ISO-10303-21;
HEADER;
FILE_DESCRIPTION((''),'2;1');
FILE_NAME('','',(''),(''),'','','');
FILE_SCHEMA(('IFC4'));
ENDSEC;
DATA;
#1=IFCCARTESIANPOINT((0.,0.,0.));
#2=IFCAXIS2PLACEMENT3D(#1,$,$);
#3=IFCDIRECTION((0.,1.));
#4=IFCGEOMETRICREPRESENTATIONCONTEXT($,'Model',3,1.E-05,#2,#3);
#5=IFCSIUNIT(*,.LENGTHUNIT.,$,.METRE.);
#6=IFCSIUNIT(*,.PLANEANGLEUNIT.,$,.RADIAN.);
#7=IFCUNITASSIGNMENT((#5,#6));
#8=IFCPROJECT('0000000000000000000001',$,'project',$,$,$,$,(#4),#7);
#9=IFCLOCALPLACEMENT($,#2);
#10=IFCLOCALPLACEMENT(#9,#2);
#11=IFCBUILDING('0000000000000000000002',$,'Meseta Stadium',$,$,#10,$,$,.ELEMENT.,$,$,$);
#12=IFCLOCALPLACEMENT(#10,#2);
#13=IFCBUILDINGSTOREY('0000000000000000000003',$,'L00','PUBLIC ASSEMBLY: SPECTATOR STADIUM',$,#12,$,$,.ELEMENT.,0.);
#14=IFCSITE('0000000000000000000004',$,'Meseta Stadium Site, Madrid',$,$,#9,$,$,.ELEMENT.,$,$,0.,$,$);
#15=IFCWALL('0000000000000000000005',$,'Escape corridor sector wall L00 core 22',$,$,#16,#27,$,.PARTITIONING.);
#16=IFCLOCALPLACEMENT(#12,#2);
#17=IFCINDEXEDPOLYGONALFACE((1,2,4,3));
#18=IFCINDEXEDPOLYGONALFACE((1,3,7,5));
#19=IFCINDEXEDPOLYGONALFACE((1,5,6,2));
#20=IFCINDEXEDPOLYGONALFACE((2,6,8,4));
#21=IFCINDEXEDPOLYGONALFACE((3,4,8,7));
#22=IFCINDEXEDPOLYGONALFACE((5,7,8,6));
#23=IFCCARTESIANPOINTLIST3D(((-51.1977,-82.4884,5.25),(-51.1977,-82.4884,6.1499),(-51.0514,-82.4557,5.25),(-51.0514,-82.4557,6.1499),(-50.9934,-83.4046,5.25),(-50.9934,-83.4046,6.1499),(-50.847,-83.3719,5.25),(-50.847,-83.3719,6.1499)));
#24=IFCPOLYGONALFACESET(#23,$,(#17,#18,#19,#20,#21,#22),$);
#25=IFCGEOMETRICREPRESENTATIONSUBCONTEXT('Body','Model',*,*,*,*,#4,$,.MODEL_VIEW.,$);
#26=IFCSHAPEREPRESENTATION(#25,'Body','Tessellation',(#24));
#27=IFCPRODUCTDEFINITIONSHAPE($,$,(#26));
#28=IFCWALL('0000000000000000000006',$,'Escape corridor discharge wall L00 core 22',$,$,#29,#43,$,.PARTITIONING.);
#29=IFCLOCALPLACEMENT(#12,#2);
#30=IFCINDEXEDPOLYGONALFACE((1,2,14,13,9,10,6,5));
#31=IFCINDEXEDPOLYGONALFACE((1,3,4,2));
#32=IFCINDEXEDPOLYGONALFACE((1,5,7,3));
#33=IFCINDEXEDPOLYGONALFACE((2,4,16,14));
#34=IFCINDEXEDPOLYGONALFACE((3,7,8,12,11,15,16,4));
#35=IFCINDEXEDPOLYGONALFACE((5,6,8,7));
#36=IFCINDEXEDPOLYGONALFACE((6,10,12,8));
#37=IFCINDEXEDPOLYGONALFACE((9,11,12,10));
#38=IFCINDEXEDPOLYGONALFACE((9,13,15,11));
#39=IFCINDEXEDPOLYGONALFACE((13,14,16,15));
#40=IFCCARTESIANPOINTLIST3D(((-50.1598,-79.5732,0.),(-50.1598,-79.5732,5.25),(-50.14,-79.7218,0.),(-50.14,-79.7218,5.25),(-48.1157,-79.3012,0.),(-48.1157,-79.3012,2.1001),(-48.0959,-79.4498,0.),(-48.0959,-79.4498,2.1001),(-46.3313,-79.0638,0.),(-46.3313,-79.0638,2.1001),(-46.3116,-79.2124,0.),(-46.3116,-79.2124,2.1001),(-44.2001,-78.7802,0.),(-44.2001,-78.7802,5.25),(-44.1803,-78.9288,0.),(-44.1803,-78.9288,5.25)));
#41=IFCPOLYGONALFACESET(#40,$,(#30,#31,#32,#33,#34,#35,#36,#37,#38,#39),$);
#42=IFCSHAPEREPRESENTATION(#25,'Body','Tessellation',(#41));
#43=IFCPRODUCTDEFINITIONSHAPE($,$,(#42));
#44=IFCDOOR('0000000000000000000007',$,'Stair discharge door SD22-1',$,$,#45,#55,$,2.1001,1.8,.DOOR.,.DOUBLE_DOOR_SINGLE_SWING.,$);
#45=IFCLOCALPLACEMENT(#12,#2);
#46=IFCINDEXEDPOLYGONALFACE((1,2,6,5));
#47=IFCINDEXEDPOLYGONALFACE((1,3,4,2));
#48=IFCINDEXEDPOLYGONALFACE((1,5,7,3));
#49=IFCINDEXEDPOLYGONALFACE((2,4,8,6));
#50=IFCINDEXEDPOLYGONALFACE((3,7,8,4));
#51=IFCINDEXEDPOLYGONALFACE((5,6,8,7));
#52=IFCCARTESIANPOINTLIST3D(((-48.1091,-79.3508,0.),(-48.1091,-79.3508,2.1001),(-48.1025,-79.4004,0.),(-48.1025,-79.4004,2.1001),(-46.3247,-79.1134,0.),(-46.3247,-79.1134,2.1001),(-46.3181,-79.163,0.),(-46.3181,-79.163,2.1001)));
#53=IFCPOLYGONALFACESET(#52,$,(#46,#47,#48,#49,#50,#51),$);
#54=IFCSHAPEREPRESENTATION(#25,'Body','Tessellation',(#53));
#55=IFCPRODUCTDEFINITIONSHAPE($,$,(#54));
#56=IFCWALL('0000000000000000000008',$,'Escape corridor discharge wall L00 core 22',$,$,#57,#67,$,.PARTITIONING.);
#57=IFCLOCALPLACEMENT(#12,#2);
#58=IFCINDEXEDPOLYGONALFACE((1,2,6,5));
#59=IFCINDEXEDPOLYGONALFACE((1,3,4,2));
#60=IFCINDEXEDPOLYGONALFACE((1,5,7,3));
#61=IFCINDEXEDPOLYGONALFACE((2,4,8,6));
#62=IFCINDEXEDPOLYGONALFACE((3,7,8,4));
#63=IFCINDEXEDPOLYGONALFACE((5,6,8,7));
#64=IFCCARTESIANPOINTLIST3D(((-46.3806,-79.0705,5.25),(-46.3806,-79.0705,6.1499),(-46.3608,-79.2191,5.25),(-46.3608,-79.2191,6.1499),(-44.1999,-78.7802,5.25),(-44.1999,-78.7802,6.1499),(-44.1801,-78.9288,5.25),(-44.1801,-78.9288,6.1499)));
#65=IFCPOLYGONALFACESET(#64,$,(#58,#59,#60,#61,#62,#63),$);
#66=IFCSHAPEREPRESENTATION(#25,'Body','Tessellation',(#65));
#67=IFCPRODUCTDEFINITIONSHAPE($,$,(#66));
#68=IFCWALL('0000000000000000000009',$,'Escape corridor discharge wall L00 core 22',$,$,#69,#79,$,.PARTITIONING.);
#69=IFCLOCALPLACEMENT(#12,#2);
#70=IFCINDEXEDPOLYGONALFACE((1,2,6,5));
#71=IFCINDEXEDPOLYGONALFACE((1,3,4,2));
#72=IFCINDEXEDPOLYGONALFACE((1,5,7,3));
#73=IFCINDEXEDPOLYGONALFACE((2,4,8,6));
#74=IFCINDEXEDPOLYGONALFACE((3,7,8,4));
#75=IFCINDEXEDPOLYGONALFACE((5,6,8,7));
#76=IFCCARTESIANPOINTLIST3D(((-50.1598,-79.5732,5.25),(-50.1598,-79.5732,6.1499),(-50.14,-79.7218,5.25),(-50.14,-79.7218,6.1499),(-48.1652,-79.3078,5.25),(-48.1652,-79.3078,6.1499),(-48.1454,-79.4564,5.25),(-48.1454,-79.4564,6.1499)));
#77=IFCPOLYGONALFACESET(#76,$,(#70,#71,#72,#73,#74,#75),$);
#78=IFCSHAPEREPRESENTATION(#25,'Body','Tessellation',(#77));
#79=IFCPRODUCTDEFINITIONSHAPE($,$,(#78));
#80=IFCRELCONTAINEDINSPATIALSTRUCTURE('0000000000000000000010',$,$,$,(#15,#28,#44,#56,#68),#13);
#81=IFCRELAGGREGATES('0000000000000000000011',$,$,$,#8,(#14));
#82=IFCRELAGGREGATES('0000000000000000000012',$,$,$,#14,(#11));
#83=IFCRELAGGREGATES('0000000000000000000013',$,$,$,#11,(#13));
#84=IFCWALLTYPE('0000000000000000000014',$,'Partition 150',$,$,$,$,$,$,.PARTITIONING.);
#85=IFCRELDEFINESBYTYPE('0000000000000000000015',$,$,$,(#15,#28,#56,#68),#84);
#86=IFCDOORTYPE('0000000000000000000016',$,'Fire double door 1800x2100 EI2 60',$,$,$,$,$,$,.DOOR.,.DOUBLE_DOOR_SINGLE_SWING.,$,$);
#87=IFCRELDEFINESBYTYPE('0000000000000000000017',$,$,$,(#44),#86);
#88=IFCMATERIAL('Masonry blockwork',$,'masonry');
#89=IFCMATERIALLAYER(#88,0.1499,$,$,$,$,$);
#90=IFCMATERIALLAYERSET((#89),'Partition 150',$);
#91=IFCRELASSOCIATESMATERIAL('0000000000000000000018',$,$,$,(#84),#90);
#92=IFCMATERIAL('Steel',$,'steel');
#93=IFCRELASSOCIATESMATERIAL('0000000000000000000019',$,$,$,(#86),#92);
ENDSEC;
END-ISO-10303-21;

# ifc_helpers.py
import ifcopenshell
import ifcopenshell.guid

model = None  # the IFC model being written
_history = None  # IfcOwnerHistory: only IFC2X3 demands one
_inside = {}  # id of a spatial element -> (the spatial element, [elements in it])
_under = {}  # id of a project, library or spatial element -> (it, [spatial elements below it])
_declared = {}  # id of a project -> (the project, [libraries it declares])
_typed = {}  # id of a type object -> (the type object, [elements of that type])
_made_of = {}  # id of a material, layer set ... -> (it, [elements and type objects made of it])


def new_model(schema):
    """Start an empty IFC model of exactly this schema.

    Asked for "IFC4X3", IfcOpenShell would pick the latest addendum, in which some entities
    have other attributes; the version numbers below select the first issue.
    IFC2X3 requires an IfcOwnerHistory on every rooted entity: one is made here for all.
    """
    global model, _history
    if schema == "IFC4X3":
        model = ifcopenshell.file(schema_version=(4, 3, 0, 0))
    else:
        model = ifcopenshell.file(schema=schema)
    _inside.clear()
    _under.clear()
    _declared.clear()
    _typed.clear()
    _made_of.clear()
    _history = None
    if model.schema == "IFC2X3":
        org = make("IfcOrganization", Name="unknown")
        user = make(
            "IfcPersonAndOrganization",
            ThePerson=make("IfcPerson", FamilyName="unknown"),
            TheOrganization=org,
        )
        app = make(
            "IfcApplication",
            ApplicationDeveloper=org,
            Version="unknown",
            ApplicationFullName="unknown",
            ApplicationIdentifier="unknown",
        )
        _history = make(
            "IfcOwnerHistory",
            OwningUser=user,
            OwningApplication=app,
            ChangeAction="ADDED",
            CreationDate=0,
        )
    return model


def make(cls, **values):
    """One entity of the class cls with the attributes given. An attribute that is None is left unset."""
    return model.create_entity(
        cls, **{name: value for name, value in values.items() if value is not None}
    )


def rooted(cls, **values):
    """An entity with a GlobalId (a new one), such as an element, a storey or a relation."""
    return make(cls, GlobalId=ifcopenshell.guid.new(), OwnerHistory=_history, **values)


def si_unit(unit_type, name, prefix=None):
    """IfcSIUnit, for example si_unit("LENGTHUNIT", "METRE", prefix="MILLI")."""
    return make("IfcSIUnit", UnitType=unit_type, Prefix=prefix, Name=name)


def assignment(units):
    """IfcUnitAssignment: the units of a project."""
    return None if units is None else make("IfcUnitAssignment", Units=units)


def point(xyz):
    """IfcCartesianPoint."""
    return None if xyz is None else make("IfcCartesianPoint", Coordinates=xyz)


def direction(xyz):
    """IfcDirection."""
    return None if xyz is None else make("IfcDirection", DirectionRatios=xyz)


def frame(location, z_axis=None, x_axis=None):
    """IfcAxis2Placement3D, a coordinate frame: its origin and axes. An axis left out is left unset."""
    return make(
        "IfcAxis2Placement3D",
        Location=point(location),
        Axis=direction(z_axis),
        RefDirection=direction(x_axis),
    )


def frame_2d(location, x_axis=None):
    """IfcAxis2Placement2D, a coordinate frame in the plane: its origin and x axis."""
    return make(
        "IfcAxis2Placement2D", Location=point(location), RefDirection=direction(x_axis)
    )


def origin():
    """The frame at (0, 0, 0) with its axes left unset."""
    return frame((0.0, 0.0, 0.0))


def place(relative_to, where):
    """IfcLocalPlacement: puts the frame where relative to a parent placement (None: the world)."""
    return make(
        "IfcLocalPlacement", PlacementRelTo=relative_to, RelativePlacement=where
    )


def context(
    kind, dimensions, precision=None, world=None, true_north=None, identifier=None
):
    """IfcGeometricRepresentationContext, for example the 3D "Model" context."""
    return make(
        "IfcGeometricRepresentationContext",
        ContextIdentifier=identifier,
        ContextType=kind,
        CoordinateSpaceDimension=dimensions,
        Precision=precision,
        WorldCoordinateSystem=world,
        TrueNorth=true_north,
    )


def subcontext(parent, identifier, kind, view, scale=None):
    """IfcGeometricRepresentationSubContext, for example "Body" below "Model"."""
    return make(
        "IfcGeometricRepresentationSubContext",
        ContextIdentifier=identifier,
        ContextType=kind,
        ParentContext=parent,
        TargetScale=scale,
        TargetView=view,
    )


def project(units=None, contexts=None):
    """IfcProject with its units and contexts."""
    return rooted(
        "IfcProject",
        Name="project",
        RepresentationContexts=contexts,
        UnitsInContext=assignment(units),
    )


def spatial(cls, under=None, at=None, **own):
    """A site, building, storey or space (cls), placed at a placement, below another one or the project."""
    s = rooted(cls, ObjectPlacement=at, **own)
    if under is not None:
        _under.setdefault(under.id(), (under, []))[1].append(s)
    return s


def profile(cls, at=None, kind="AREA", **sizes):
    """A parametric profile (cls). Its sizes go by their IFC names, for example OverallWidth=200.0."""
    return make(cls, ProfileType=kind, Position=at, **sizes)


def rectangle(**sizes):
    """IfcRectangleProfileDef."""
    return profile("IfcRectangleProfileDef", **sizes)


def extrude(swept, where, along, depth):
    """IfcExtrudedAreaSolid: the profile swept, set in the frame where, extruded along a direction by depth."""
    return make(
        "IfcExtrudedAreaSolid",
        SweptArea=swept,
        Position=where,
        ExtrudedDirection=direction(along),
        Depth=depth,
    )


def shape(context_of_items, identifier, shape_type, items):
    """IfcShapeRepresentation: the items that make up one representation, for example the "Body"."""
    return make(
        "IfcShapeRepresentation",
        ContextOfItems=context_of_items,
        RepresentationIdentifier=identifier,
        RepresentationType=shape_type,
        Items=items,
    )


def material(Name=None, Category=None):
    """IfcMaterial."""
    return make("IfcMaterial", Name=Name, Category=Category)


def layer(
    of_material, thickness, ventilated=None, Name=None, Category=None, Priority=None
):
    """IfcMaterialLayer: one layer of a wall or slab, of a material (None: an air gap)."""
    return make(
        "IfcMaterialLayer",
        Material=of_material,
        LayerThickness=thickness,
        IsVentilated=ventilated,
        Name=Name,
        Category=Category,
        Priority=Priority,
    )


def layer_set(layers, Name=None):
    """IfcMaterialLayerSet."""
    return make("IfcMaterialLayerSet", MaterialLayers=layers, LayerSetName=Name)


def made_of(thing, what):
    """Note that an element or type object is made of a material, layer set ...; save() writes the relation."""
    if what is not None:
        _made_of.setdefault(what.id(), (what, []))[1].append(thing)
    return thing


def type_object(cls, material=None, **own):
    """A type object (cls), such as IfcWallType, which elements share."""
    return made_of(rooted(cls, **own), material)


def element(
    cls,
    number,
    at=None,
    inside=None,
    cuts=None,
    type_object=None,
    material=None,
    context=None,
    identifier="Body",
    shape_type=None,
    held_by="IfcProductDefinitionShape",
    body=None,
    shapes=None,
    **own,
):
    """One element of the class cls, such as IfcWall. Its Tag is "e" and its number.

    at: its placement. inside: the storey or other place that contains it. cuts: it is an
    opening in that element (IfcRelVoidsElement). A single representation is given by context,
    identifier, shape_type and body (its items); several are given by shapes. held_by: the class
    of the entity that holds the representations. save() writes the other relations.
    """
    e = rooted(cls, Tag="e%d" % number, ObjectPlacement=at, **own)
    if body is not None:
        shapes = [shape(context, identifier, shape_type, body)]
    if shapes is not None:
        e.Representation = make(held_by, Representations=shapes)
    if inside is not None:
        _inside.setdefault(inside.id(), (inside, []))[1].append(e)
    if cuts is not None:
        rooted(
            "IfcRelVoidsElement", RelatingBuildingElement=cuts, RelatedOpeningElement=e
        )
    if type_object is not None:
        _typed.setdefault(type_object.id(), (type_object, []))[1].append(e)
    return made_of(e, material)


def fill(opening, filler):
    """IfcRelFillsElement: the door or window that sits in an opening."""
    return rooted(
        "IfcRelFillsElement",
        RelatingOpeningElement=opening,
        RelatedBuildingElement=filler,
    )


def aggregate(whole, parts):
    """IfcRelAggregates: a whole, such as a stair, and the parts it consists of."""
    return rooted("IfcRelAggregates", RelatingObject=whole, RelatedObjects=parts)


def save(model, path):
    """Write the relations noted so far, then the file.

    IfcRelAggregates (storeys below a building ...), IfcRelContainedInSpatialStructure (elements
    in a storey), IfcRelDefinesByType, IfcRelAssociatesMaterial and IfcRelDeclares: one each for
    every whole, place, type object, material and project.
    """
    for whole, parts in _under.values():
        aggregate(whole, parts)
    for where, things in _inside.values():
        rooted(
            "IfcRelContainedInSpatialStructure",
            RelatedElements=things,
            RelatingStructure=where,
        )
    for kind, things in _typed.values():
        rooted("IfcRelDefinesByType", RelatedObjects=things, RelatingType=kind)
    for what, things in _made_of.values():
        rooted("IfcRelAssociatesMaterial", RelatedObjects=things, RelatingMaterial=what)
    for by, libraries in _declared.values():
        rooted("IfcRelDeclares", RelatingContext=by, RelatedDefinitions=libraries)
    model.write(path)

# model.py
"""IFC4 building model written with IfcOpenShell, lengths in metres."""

from ifc_helpers import new_model, si_unit, direction, frame, frame_2d, origin, place, context, subcontext, project, spatial, rectangle, extrude, material, layer, layer_set, type_object, element, fill, save


model = new_model("IFC4")

# Units and contexts
model_context = context("Model", 3, precision=1e-05, world=origin(), true_north=direction((0.0, 1.0)))
body_context = subcontext(model_context, "Body", "Model", "MODEL_VIEW")
ifc_project = project(units=[si_unit("LENGTHUNIT", "METRE"), si_unit("PLANEANGLEUNIT", "RADIAN")], contexts=[model_context])

# Site, building, storey
site_placement = place(None, origin())
site = spatial("IfcSite", under=ifc_project, at=site_placement, Name="Meseta Stadium Site, Madrid", CompositionType="ELEMENT", RefElevation=0.0)
building_placement = place(site_placement, origin())
building = spatial("IfcBuilding", under=site, at=building_placement, Name="Meseta Stadium", CompositionType="ELEMENT")
storey_placement = place(building_placement, origin())
storey = spatial("IfcBuildingStorey", under=building, at=storey_placement, Name="L00", Description="PUBLIC ASSEMBLY: SPECTATOR STADIUM", CompositionType="ELEMENT", Elevation=0.0)

# Shared definitions
ifc_material_1 = material(Name="Masonry blockwork", Category="masonry")
ifc_layer = layer(ifc_material_1, 0.1499)
ifc_layer_set = layer_set([ifc_layer], Name="Partition 150")
wall_type = type_object("IfcWallType", Name="Partition 150", PredefinedType="PARTITIONING", material=ifc_layer_set)

# Shared definitions
ifc_material_2 = material(Name="Steel", Category="steel")
door_type_1 = type_object("IfcDoorType", Name="Fire double door 1800x2100 EI2 60", OperationType="DOUBLE_DOOR_SINGLE_SWING", PredefinedType="DOOR", material=ifc_material_2)

# Wall
wall_1_placement = place(storey_placement, frame((-51.1245, -82.4722, 5.25), z_axis=(0.0, 0.0, 1.0), x_axis=(0.217674, -0.976022, 0.0)))
element("IfcWall", 1, at=wall_1_placement, inside=storey, type_object=wall_type, Name="Escape corridor sector wall L00 core 22", PredefinedType="PARTITIONING", context=body_context, shape_type="SweptSolid", body=[
    extrude(rectangle(XDim=0.9387, YDim=0.1499, at=frame_2d((0.4692, 0.0))), origin(), (0.0, 0.0, 1.0), 0.8999),
])

# Wall, opening, door
wall_2_placement = place(storey_placement, frame((-50.1499, -79.6475, 0.0), z_axis=(0.0, 0.0, 1.0), x_axis=(0.991264, 0.131892, 0.0)))
wall_2 = element("IfcWall", 2, at=wall_2_placement, inside=storey, type_object=wall_type, Name="Escape corridor discharge wall L00 core 22", PredefinedType="PARTITIONING", context=body_context, shape_type="SweptSolid", body=[
    extrude(rectangle(XDim=6.0122, YDim=0.1499, at=frame_2d((3.0061, 0.0))), origin(), (0.0, 0.0, 1.0), 5.25),
])
opening_1_placement = place(wall_2_placement, frame((2.0623, 0.0, 0.0)))
opening_1 = element("IfcOpeningElement", 3, at=opening_1_placement, cuts=wall_2, PredefinedType="OPENING", context=body_context, shape_type="SweptSolid", body=[
    extrude(rectangle(XDim=1.8, YDim=2.1001, at=frame_2d((0.8999, 1.05))), frame((0.0, 0.085, 0.0), z_axis=(0.0, -1.0, 0.0), x_axis=(1.0, 0.0, 0.0)), (0.0, 0.0, 1.0), 0.1699),
])
door_1_placement = place(opening_1_placement, origin())
door_1 = element("IfcDoor", 4, at=door_1_placement, inside=storey, type_object=door_type_1, Name="Stair discharge door SD22-1", OperationType="DOUBLE_DOOR_SINGLE_SWING", OverallHeight=2.1001, OverallWidth=1.8, PredefinedType="DOOR", context=body_context, shape_type="SweptSolid", body=[
    extrude(rectangle(XDim=1.8, YDim=2.1001, at=frame_2d((0.8999, 1.05))), frame((0.0, 0.0249, 0.0), z_axis=(0.0, -1.0, 0.0), x_axis=(1.0, 0.0, 0.0)), (0.0, 0.0, 1.0), 0.05),
])
fill(opening_1, door_1)

# Walls
wall_3_placement = place(storey_placement, frame((-46.3708, -79.1448, 5.25), z_axis=(0.0, 0.0, 1.0), x_axis=(0.991256, 0.131953, 0.0)))
element("IfcWall", 5, at=wall_3_placement, inside=storey, type_object=wall_type, Name="Escape corridor discharge wall L00 core 22", PredefinedType="PARTITIONING", context=body_context, shape_type="SweptSolid", body=[
    extrude(rectangle(XDim=2.2, YDim=0.1499, at=frame_2d((1.1001, 0.0))), origin(), (0.0, 0.0, 1.0), 0.8999),
])
wall_4_placement = place(storey_placement, frame((-50.1499, -79.6475, 5.25), z_axis=(0.0, 0.0, 1.0), x_axis=(0.991265, 0.131886, 0.0)))
element("IfcWall", 6, at=wall_4_placement, inside=storey, type_object=wall_type, Name="Escape corridor discharge wall L00 core 22", PredefinedType="PARTITIONING", context=body_context, shape_type="SweptSolid", body=[
    extrude(rectangle(XDim=2.0122, YDim=0.1499, at=frame_2d((1.0061, 0.0))), origin(), (0.0, 0.0, 1.0), 0.8999),
])

save(model, "model.ifc")
